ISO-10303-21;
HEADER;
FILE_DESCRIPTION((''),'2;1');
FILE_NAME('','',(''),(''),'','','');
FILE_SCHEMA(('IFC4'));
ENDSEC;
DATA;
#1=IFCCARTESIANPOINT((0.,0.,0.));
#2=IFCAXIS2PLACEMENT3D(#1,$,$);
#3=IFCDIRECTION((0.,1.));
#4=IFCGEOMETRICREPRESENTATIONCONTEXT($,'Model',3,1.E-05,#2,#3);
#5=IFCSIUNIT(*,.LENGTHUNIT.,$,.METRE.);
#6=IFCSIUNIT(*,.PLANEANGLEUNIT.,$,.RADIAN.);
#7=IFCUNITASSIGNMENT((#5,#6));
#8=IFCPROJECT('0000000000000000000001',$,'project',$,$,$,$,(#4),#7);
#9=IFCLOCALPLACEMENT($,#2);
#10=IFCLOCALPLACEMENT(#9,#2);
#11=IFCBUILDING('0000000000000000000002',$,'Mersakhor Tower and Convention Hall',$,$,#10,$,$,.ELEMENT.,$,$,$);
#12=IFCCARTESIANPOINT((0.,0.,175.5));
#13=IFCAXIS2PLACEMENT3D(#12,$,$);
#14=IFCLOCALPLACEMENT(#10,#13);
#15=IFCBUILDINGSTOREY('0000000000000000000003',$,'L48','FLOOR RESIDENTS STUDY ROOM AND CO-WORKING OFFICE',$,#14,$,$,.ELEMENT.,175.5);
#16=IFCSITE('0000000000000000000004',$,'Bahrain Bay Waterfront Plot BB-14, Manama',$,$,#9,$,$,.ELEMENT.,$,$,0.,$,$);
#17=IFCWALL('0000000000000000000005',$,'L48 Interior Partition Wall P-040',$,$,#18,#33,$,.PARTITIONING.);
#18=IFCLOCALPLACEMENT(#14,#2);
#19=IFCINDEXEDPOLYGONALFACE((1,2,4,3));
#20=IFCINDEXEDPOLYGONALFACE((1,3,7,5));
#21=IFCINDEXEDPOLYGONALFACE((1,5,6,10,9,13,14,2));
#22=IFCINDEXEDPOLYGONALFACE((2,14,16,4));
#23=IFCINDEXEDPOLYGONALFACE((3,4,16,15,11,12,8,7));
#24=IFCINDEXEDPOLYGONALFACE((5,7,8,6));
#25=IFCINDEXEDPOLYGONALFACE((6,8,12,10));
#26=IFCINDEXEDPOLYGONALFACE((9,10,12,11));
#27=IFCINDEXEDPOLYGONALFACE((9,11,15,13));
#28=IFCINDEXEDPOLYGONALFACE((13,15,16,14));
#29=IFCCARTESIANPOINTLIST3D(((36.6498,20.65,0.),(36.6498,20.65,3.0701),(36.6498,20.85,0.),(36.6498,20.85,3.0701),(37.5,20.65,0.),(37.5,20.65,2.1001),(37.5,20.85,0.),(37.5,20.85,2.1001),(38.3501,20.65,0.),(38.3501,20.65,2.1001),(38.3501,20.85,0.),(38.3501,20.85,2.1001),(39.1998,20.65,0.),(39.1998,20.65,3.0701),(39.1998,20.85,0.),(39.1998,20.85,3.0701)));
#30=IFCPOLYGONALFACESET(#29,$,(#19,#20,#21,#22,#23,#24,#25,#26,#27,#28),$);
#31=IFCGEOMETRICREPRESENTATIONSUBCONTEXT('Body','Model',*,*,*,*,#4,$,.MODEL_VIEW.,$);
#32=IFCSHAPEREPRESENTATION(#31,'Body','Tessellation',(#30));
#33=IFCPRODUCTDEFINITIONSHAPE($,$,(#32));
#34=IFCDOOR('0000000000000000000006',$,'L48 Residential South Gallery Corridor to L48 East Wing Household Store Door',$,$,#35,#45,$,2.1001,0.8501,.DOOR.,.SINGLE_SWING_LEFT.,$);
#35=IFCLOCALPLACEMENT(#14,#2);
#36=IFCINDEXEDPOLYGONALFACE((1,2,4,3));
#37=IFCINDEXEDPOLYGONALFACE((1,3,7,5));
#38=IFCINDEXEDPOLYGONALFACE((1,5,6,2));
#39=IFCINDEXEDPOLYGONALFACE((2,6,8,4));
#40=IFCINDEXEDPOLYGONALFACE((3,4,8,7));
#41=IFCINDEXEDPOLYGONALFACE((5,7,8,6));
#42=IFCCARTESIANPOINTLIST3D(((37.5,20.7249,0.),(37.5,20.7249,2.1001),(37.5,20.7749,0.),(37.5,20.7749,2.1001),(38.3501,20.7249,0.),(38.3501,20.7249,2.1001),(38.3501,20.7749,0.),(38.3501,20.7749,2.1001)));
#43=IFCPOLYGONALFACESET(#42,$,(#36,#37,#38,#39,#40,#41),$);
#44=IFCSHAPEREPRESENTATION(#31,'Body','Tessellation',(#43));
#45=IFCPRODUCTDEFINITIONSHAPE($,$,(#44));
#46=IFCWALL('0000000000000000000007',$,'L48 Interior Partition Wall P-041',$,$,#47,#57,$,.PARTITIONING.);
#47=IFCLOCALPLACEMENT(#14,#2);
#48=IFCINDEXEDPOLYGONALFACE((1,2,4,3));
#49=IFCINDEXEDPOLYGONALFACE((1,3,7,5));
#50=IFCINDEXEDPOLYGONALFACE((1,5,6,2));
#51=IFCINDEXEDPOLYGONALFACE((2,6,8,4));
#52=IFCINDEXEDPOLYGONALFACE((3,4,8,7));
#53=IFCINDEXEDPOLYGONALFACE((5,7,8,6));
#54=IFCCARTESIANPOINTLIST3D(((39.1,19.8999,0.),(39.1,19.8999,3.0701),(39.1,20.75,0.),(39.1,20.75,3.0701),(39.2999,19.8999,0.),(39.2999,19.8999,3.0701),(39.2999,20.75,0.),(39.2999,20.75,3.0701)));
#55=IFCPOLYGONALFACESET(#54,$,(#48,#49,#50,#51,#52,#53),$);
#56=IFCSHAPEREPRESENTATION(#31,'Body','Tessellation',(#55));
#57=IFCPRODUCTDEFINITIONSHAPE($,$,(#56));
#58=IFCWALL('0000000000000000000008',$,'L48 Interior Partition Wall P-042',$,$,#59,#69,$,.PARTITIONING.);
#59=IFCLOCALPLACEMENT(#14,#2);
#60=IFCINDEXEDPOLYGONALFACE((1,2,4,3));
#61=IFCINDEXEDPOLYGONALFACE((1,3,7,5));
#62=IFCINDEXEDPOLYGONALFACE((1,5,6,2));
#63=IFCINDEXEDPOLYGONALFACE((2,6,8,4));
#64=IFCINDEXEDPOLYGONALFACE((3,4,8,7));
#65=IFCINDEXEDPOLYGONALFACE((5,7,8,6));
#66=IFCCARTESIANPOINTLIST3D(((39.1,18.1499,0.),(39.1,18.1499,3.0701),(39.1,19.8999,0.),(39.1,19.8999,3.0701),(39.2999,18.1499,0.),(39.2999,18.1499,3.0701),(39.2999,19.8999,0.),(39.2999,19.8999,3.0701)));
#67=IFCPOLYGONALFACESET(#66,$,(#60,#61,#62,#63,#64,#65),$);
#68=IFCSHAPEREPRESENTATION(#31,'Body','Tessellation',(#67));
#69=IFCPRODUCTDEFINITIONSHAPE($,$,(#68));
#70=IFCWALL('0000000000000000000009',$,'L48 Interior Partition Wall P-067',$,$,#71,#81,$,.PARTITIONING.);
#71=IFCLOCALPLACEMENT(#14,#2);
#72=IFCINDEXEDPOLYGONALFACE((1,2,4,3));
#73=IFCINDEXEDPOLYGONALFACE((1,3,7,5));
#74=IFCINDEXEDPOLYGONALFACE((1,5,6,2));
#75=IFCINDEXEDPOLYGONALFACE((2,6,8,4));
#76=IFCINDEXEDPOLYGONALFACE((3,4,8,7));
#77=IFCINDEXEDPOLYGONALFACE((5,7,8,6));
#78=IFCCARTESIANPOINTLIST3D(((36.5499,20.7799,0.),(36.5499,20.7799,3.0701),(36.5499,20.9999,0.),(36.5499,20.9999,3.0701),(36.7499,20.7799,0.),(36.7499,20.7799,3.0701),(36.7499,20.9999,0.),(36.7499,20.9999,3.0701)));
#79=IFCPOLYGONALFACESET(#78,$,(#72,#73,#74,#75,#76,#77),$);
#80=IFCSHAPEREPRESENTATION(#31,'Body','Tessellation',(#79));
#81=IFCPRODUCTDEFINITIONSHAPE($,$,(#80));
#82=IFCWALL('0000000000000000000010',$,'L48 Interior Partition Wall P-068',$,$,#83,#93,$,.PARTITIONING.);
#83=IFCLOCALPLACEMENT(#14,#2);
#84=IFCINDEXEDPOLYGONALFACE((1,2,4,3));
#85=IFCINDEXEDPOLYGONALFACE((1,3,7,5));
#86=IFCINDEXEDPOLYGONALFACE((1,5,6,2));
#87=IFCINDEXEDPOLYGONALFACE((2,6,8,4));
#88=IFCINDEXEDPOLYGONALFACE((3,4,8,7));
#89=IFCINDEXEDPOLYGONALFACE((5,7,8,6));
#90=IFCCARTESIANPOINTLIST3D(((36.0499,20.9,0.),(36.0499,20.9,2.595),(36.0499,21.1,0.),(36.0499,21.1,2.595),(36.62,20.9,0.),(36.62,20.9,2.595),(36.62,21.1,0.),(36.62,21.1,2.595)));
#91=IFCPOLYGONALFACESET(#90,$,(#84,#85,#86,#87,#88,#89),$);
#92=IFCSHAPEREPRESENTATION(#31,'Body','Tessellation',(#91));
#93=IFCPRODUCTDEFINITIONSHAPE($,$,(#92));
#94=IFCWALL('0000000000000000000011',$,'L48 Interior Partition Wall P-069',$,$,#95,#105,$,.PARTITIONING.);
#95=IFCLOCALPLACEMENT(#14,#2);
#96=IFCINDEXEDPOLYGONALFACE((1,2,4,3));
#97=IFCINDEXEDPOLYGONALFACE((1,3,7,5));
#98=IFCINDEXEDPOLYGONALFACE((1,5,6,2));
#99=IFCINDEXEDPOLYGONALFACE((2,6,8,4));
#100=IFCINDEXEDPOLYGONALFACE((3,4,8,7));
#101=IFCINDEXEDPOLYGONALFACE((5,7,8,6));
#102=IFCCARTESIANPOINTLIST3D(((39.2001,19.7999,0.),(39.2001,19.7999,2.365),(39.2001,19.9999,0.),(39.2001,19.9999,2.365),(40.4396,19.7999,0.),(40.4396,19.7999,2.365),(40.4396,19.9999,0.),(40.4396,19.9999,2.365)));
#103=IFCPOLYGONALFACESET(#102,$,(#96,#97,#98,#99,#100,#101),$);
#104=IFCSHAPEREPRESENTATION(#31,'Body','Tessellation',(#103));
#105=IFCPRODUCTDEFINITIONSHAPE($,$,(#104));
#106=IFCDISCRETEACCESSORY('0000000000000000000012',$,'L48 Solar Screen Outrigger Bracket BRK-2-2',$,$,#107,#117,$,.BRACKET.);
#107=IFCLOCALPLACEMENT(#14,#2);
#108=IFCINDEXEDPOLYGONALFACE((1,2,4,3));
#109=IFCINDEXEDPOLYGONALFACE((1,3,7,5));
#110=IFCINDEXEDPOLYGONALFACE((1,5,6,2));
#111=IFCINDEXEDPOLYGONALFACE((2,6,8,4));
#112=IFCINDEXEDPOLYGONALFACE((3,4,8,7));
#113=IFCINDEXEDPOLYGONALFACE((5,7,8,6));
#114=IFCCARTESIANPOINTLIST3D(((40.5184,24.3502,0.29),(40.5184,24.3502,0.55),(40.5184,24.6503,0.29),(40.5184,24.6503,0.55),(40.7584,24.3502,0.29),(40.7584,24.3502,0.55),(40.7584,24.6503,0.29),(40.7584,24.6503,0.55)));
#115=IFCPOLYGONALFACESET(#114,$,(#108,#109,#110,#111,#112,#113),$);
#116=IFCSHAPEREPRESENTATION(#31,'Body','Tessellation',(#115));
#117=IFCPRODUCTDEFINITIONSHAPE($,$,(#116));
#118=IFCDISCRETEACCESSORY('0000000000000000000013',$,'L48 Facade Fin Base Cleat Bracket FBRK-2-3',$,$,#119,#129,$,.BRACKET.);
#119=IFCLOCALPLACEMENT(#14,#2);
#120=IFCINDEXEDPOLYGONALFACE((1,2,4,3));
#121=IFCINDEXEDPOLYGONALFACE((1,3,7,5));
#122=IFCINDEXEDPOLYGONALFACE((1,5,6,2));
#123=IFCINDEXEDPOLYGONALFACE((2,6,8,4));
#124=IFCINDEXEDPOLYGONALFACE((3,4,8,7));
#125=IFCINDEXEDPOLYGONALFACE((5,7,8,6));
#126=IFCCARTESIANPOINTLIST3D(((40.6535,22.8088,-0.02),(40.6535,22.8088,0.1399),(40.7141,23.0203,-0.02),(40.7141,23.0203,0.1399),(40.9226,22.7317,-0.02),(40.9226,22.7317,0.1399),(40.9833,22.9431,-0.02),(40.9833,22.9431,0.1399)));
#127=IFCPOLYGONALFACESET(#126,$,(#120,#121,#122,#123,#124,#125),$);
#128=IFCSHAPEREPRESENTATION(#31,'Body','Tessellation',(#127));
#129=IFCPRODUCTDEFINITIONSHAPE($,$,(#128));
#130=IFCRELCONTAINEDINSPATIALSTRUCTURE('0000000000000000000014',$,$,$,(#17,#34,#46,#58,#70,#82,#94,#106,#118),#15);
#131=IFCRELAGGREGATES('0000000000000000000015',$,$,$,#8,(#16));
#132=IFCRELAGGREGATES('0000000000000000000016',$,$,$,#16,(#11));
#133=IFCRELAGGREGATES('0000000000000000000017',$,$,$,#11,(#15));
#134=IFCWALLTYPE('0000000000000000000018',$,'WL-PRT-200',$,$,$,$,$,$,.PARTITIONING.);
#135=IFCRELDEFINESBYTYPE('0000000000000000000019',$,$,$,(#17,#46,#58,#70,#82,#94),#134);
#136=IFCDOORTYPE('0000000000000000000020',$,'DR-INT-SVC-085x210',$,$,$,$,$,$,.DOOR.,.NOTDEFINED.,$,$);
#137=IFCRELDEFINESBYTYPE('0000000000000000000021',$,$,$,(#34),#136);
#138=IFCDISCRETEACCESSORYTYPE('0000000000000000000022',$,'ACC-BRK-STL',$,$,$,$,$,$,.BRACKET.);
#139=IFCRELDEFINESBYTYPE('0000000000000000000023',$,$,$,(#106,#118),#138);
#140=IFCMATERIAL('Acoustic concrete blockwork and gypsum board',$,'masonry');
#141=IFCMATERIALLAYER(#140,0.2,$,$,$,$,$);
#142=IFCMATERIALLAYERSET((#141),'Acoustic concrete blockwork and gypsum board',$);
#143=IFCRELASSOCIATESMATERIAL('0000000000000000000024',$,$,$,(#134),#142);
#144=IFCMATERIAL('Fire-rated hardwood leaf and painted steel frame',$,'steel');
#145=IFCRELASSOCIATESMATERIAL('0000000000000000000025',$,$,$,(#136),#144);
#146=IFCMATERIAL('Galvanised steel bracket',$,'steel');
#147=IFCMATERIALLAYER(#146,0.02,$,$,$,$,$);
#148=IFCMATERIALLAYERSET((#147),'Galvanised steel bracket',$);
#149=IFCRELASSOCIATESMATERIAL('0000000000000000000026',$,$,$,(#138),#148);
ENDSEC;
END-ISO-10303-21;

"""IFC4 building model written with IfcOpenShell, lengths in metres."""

from ifc_helpers import new_model, si_unit, direction, frame, frame_2d, origin, origin_2d, place, context, subcontext, project, spatial, rectangle, extrude, material, layer, layer_set, type_object, element, fill, save


model = new_model("IFC4")

# Units and contexts
model_context = context("Model", 3, precision=1e-05, world=origin(), true_north=direction((0.0, 1.0)))
body_context = subcontext(model_context, "Body", "Model", "MODEL_VIEW")
ifc_project = project(units=[si_unit("LENGTHUNIT", "METRE"), si_unit("PLANEANGLEUNIT", "RADIAN")], contexts=[model_context])

# Site, building, storey
site_placement = place(None, origin())
site = spatial("IfcSite", under=ifc_project, at=site_placement, Name="Bahrain Bay Waterfront Plot BB-14, Manama", CompositionType="ELEMENT", RefElevation=0.0)
building_placement = place(site_placement, origin())
building = spatial("IfcBuilding", under=site, at=building_placement, Name="Mersakhor Tower and Convention Hall", CompositionType="ELEMENT")
storey_placement = place(building_placement, frame((0.0, 0.0, 175.5)))
storey = spatial("IfcBuildingStorey", under=building, at=storey_placement, Name="L48", Description="FLOOR RESIDENTS STUDY ROOM AND CO-WORKING OFFICE", CompositionType="ELEMENT", Elevation=175.5)

# Shared definitions
ifc_material_1 = material(Name="Acoustic concrete blockwork and gypsum board", Category="masonry")
ifc_layer_1 = layer(ifc_material_1, 0.2)
ifc_layer_set_1 = layer_set([ifc_layer_1], Name="Acoustic concrete blockwork and gypsum board")
wall_type_1 = type_object("IfcWallType", Name="WL-PRT-200", PredefinedType="PARTITIONING", material=ifc_layer_set_1)

# Wall, opening, door
wall_1_placement = place(storey_placement, frame((36.6499, 20.75, 0.0), z_axis=(0.0, 0.0, 1.0), x_axis=(1.0, 0.0, 0.0)))
wall_1 = element("IfcWall", 1, at=wall_1_placement, inside=storey, type_object=wall_type_1, Name="L48 Interior Partition Wall P-040", PredefinedType="PARTITIONING", context=body_context, shape_type="SweptSolid", body=[
    extrude(rectangle(XDim=2.55, YDim=0.2, at=frame_2d((1.2749, 0.0))), origin(), (0.0, 0.0, 1.0), 3.0701),
])
opening_1_placement = place(wall_1_placement, frame((0.8501, 0.0, 0.0)))
opening_1 = element("IfcOpeningElement", 2, at=opening_1_placement, cuts=wall_1, PredefinedType="OPENING", context=body_context, shape_type="SweptSolid", body=[
    extrude(rectangle(XDim=0.8501, YDim=2.1001, at=frame_2d((0.425, 1.05))), frame((0.0, 0.1099, 0.0), z_axis=(0.0, -1.0, 0.0), x_axis=(1.0, 0.0, 0.0)), (0.0, 0.0, 1.0), 0.22),
])
ifc_material_2 = material(Name="Fire-rated hardwood leaf and painted steel frame", Category="steel")
door_type_1 = type_object("IfcDoorType", Name="DR-INT-SVC-085x210", OperationType="NOTDEFINED", PredefinedType="DOOR", material=ifc_material_2)
door_1_placement = place(opening_1_placement, origin())
door_1 = element("IfcDoor", 3, at=door_1_placement, inside=storey, type_object=door_type_1, Name="L48 Residential South Gallery Corridor to L48 East Wing Household Store Door", OperationType="SINGLE_SWING_LEFT", OverallHeight=2.1001, OverallWidth=0.8501, PredefinedType="DOOR", context=body_context, shape_type="SweptSolid", body=[
    extrude(rectangle(XDim=0.8501, YDim=2.1001, at=frame_2d((0.425, 1.05))), frame((0.0, 0.0249, 0.0), z_axis=(0.0, -1.0, 0.0), x_axis=(1.0, 0.0, 0.0)), (0.0, 0.0, 1.0), 0.05),
])
fill(opening_1, door_1)

# Walls
wall_2_placement = place(storey_placement, frame((39.2, 20.75, 0.0), z_axis=(0.0, 0.0, 1.0), x_axis=(0.0, -1.0, 0.0)))
element("IfcWall", 4, at=wall_2_placement, inside=storey, type_object=wall_type_1, Name="L48 Interior Partition Wall P-041", PredefinedType="PARTITIONING", context=body_context, shape_type="SweptSolid", body=[
    extrude(rectangle(XDim=0.8501, YDim=0.2, at=frame_2d((0.425, 0.0))), origin(), (0.0, 0.0, 1.0), 3.0701),
])
wall_3_placement = place(storey_placement, frame((39.2, 19.8999, 0.0), z_axis=(0.0, 0.0, 1.0), x_axis=(0.0, -1.0, 0.0)))
element("IfcWall", 5, at=wall_3_placement, inside=storey, type_object=wall_type_1, Name="L48 Interior Partition Wall P-042", PredefinedType="PARTITIONING", context=body_context, shape_type="SweptSolid", body=[
    extrude(rectangle(XDim=1.75, YDim=0.2, at=frame_2d((0.875, 0.0))), origin(), (0.0, 0.0, 1.0), 3.0701),
])

# Walls
wall_4_placement = place(storey_placement, frame((36.6499, 20.78, 0.0), z_axis=(0.0, 0.0, 1.0), x_axis=(0.0, 1.0, 0.0)))
element("IfcWall", 6, at=wall_4_placement, inside=storey, type_object=wall_type_1, Name="L48 Interior Partition Wall P-067", PredefinedType="PARTITIONING", context=body_context, shape_type="SweptSolid", body=[
    extrude(rectangle(XDim=0.22, YDim=0.2, at=frame_2d((0.1099, 0.0))), origin(), (0.0, 0.0, 1.0), 3.0701),
])
wall_5_placement = place(storey_placement, frame((36.6201, 21.0, 0.0), z_axis=(0.0, 0.0, 1.0), x_axis=(-1.0, 0.0, 0.0)))
element("IfcWall", 7, at=wall_5_placement, inside=storey, type_object=wall_type_1, Name="L48 Interior Partition Wall P-068", PredefinedType="PARTITIONING", context=body_context, shape_type="SweptSolid", body=[
    extrude(rectangle(XDim=0.5701, YDim=0.2, at=frame_2d((0.2852, 0.0))), origin(), (0.0, 0.0, 1.0), 2.595),
])
wall_6_placement = place(storey_placement, frame((40.4395, 19.8999, 0.0), z_axis=(0.0, 0.0, 1.0), x_axis=(-1.0, 0.0, 0.0)))
element("IfcWall", 8, at=wall_6_placement, inside=storey, type_object=wall_type_1, Name="L48 Interior Partition Wall P-069", PredefinedType="PARTITIONING", context=body_context, shape_type="SweptSolid", body=[
    extrude(rectangle(XDim=1.2395, YDim=0.2, at=frame_2d((0.6196, 0.0))), origin(), (0.0, 0.0, 1.0), 2.365),
])

# Discrete accessories
ifc_material_3 = material(Name="Galvanised steel bracket", Category="steel")
ifc_layer_2 = layer(ifc_material_3, 0.02)
ifc_layer_set_2 = layer_set([ifc_layer_2], Name="Galvanised steel bracket")
discrete_accessory_type = type_object("IfcDiscreteAccessoryType", Name="ACC-BRK-STL", PredefinedType="BRACKET", material=ifc_layer_set_2)
discrete_accessory_1_placement = place(storey_placement, frame((40.6384, 24.5002, 0.29), z_axis=(0.0, 0.0, 1.0), x_axis=(0.0, -1.0, 0.0)))
element("IfcDiscreteAccessory", 9, at=discrete_accessory_1_placement, inside=storey, type_object=discrete_accessory_type, Name="L48 Solar Screen Outrigger Bracket BRK-2-2", PredefinedType="BRACKET", context=body_context, shape_type="SweptSolid", body=[
    extrude(rectangle(XDim=0.3, YDim=0.24, at=origin_2d()), origin(), (0.0, 0.0, 1.0), 0.26),
])
discrete_accessory_2_placement = place(storey_placement, frame((40.8184, 22.876, -0.02), z_axis=(0.0, 0.0, 1.0), x_axis=(0.961262, -0.275637, 0.0)))
element("IfcDiscreteAccessory", 10, at=discrete_accessory_2_placement, inside=storey, type_object=discrete_accessory_type, Name="L48 Facade Fin Base Cleat Bracket FBRK-2-3", PredefinedType="BRACKET", context=body_context, shape_type="SweptSolid", body=[
    extrude(rectangle(XDim=0.28, YDim=0.22, at=origin_2d()), origin(), (0.0, 0.0, 1.0), 0.1599),
])

save(model, "model.ifc")
